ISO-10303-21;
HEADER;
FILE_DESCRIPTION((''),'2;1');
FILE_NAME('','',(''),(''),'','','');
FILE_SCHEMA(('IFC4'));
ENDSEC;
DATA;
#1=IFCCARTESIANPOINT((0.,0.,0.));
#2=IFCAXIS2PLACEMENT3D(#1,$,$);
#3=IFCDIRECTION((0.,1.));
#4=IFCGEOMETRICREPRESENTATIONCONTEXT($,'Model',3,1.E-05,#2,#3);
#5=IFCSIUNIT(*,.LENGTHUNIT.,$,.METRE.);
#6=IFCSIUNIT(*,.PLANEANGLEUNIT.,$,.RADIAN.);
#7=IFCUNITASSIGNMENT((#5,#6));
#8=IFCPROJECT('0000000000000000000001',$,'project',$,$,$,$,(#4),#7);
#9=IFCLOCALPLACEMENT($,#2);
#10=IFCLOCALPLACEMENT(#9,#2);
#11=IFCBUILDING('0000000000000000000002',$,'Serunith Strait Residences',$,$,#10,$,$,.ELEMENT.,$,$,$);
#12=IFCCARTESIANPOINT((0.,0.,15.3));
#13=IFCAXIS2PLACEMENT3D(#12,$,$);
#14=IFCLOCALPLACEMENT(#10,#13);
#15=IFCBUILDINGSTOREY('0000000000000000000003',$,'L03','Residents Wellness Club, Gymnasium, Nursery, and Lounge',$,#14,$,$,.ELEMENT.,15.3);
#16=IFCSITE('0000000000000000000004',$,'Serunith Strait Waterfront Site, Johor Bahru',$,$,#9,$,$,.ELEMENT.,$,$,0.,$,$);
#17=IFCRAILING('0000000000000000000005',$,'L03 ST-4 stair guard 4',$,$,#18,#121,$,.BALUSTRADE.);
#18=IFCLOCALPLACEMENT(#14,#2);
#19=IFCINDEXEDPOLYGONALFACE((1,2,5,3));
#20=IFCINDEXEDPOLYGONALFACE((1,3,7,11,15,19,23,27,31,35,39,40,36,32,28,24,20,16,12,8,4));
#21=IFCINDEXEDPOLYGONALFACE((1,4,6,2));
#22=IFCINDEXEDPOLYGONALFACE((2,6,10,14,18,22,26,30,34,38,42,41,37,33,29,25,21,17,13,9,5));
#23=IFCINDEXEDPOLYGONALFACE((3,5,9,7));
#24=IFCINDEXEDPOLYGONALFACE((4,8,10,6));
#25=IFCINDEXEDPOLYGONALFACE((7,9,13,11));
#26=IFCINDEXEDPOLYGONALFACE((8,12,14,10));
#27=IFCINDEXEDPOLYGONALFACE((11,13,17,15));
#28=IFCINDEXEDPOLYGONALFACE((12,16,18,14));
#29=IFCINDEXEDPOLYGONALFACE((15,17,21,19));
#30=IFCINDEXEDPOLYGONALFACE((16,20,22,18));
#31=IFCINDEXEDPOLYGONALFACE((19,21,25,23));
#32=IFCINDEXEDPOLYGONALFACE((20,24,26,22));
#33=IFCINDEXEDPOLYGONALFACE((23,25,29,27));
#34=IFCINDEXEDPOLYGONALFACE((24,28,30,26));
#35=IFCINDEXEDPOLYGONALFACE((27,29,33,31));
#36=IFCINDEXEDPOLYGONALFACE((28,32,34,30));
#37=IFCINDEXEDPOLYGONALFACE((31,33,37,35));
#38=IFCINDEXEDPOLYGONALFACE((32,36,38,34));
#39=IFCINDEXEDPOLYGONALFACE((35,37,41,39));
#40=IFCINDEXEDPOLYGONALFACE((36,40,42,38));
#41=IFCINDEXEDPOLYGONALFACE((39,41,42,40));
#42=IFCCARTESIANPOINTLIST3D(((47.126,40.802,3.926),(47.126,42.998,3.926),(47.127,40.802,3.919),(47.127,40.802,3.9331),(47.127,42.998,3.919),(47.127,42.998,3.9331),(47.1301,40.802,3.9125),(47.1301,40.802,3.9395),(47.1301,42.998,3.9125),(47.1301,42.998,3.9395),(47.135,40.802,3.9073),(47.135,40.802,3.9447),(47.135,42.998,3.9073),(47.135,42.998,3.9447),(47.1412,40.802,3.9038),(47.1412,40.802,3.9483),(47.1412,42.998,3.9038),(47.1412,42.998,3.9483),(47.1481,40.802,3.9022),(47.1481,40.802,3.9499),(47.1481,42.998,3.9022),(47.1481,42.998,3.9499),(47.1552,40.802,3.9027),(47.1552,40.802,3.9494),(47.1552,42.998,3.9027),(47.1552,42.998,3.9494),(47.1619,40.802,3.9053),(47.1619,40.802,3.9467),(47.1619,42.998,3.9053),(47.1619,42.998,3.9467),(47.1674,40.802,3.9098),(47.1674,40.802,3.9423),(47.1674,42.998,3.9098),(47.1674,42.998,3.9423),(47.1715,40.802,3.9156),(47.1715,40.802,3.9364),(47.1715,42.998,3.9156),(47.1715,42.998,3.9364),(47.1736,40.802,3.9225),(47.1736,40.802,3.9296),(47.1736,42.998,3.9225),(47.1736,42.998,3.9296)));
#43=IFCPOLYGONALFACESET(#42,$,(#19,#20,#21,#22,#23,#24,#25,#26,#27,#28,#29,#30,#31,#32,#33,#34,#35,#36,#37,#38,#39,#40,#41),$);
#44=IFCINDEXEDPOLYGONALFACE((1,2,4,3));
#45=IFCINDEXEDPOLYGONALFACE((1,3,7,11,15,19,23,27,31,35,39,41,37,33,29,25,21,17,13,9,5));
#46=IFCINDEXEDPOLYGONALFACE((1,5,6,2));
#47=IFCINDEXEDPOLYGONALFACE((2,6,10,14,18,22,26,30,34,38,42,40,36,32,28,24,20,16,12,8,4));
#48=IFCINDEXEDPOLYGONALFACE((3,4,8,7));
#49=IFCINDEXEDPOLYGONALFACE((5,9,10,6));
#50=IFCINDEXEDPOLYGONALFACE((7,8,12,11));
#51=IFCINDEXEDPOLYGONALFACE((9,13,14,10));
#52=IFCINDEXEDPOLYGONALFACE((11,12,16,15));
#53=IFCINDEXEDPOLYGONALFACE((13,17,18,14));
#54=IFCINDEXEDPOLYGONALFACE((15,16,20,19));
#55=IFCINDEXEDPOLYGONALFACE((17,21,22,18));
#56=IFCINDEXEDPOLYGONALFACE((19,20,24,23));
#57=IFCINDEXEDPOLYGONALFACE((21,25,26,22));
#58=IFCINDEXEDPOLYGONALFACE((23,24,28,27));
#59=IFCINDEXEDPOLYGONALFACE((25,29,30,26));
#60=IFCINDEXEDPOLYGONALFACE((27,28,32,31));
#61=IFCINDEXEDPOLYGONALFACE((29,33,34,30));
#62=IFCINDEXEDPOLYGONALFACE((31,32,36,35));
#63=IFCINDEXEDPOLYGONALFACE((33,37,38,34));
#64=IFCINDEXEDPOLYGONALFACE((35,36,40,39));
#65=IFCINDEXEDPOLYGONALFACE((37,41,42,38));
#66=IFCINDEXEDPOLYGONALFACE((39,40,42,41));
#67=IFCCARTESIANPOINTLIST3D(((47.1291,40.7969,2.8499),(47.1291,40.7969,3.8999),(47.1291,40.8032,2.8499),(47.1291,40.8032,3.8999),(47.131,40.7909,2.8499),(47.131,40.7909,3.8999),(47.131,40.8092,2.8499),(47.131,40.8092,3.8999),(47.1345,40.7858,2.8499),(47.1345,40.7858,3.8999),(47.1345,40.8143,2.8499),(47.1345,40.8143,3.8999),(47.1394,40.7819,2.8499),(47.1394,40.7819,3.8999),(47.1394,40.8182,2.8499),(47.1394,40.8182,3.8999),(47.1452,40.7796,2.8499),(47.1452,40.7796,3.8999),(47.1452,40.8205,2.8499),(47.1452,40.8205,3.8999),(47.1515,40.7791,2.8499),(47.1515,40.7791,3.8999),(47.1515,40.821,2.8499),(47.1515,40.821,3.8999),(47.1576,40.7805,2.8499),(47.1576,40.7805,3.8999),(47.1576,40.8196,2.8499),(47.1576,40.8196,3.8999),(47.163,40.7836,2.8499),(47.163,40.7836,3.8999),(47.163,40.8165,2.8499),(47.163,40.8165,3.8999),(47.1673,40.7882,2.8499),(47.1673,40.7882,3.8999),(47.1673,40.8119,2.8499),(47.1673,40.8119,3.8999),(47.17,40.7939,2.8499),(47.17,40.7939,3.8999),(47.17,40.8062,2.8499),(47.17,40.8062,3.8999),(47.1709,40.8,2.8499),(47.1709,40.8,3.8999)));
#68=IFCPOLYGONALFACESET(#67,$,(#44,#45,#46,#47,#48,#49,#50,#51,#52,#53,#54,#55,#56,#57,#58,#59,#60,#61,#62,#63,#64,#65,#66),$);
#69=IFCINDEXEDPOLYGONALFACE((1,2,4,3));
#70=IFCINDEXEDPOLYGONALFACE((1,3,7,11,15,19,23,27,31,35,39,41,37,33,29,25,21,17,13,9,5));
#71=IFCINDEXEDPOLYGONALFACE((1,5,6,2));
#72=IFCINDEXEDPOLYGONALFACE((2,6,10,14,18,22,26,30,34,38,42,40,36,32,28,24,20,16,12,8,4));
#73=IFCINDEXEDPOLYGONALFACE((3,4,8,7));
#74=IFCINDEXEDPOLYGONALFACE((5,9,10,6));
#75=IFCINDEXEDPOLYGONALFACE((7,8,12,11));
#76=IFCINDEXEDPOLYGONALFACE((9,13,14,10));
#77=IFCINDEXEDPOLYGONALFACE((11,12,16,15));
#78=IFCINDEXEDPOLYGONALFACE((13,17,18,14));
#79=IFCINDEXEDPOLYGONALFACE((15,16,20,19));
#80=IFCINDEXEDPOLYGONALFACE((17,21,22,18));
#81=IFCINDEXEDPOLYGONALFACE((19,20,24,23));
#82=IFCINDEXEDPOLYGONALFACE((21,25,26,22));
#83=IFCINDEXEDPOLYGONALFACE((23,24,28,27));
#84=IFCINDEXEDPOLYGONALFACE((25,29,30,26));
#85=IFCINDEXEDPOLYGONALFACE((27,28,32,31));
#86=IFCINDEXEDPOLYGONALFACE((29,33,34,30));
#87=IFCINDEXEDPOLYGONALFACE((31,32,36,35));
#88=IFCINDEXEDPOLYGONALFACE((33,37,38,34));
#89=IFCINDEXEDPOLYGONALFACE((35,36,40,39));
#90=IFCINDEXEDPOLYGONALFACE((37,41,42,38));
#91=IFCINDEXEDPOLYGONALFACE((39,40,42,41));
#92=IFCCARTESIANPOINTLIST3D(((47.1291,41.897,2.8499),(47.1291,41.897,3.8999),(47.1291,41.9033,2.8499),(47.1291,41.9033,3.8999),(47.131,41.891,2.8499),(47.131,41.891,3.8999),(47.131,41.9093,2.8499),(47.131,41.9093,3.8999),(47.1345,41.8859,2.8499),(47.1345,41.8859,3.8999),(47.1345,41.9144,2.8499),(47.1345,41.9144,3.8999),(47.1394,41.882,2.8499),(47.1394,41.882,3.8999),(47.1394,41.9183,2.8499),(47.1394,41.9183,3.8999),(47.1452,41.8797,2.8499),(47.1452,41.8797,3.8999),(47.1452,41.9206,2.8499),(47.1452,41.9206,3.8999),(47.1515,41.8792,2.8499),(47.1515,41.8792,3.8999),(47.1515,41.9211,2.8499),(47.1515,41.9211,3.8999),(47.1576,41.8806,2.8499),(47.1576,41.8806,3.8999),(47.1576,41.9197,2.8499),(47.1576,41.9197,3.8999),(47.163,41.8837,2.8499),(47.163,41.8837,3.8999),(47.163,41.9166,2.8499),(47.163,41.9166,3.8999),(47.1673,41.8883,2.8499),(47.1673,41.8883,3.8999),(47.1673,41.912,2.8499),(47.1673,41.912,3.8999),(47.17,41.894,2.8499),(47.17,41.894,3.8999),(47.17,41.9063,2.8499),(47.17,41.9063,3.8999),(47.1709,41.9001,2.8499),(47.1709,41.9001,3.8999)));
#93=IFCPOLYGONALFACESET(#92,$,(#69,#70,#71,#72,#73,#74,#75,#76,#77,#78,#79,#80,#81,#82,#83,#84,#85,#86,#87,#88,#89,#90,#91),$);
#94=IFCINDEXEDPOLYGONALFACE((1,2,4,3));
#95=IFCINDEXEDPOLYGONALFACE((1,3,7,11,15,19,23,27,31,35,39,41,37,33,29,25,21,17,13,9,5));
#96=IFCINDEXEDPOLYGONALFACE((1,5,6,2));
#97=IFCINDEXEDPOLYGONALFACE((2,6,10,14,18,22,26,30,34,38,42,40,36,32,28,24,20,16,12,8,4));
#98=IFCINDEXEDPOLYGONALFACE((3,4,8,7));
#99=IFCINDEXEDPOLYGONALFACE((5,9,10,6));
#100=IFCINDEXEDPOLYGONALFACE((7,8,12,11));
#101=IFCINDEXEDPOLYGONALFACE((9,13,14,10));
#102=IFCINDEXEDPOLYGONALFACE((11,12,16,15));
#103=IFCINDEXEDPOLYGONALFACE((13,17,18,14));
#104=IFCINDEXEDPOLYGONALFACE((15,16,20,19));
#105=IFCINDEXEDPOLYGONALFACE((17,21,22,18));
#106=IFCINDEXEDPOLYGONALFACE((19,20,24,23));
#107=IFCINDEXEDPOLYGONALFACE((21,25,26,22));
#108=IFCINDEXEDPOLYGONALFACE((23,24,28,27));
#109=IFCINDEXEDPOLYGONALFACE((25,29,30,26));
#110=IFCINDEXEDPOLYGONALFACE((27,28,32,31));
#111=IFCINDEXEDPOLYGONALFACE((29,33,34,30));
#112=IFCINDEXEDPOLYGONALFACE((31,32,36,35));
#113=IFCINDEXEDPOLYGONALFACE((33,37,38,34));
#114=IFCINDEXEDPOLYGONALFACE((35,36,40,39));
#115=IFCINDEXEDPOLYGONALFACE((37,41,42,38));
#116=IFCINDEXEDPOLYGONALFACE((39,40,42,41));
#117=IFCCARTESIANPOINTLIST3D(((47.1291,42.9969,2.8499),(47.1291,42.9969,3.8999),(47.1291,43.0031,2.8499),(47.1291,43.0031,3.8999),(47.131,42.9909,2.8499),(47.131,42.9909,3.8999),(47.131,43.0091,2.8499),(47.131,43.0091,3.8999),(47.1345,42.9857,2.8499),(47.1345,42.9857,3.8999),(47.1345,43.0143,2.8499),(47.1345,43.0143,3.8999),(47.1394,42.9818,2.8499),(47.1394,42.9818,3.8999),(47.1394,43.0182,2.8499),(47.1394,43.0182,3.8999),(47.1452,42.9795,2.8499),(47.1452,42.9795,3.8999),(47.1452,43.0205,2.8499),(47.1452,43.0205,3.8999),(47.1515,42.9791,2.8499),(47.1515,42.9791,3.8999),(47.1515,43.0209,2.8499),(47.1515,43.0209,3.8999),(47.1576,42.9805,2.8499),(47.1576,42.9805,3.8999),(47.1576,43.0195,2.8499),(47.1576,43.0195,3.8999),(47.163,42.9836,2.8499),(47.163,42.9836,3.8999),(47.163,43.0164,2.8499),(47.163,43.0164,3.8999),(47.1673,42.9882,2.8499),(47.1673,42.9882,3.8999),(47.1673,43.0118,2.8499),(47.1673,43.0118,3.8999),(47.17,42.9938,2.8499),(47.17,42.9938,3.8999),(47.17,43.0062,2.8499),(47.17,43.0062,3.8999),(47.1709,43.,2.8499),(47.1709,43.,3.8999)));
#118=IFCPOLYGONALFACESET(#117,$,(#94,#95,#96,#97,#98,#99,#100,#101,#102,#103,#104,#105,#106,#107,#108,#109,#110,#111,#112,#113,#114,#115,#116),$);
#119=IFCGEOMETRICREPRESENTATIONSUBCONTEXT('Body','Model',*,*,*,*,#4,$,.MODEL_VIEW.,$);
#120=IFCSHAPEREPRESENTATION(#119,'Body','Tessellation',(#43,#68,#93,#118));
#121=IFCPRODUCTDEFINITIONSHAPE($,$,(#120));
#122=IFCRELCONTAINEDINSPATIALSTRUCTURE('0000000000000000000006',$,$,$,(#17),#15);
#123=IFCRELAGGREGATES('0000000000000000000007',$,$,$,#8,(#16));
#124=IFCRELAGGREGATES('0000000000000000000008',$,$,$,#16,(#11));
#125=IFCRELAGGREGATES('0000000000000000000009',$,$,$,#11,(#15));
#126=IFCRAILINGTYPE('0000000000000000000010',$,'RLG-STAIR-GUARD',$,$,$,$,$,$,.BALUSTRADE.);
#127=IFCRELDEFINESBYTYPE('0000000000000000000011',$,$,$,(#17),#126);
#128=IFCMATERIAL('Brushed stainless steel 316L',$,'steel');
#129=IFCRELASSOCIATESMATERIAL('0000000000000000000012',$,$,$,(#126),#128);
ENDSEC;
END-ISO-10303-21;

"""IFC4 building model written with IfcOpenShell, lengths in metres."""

from ifc_helpers import new_model, si_unit, direction, frame, origin, origin_2d, place, context, subcontext, project, spatial, circle, extrude, material, type_object, element, save


model = new_model("IFC4")

# Units and contexts
model_context = context("Model", 3, precision=1e-05, world=origin(), true_north=direction((0.0, 1.0)))
body_context = subcontext(model_context, "Body", "Model", "MODEL_VIEW")
ifc_project = project(units=[si_unit("LENGTHUNIT", "METRE"), si_unit("PLANEANGLEUNIT", "RADIAN")], contexts=[model_context])

# Site, building, storey
site_placement = place(None, origin())
site = spatial("IfcSite", under=ifc_project, at=site_placement, Name="Serunith Strait Waterfront Site, Johor Bahru", CompositionType="ELEMENT", RefElevation=0.0)
building_placement = place(site_placement, origin())
building = spatial("IfcBuilding", under=site, at=building_placement, Name="Serunith Strait Residences", CompositionType="ELEMENT")
storey_placement = place(building_placement, frame((0.0, 0.0, 15.3)))
storey = spatial("IfcBuildingStorey", under=building, at=storey_placement, Name="L03", Description="Residents Wellness Club, Gymnasium, Nursery, and Lounge", CompositionType="ELEMENT", Elevation=15.3)

# Railing
ifc_material_1 = material(Name="Brushed stainless steel 316L", Category="steel")
railing_type_1 = type_object("IfcRailingType", Name="RLG-STAIR-GUARD", PredefinedType="BALUSTRADE", material=ifc_material_1)
for number, where, name in (
    (1, (47.1499, 40.8, 2.8499), "L03 ST-4 stair guard 4"),
):
    element("IfcRailing", number, at=place(storey_placement, frame(where)), inside=storey, type_object=railing_type_1, Name=name, PredefinedType="BALUSTRADE", context=body_context, shape_type="SweptSolid", body=[
        extrude(circle(Radius=0.0239, at=origin_2d()), frame((0.0, 0.002, 1.0762), z_axis=(0.0, 1.0, 0.0), x_axis=(-1.0, 0.0, 0.0)), (0.0, 0.0, 1.0), 2.196),
        extrude(circle(Radius=0.021, at=origin_2d()), origin(), (0.0, 0.0, 1.0), 1.05),
        extrude(circle(Radius=0.021, at=origin_2d()), frame((0.0, 1.1001, 0.0)), (0.0, 0.0, 1.0), 1.05),
        extrude(circle(Radius=0.021, at=origin_2d()), frame((0.0, 2.2, 0.0)), (0.0, 0.0, 1.0), 1.05),
    ])

save(model, "model.ifc")
